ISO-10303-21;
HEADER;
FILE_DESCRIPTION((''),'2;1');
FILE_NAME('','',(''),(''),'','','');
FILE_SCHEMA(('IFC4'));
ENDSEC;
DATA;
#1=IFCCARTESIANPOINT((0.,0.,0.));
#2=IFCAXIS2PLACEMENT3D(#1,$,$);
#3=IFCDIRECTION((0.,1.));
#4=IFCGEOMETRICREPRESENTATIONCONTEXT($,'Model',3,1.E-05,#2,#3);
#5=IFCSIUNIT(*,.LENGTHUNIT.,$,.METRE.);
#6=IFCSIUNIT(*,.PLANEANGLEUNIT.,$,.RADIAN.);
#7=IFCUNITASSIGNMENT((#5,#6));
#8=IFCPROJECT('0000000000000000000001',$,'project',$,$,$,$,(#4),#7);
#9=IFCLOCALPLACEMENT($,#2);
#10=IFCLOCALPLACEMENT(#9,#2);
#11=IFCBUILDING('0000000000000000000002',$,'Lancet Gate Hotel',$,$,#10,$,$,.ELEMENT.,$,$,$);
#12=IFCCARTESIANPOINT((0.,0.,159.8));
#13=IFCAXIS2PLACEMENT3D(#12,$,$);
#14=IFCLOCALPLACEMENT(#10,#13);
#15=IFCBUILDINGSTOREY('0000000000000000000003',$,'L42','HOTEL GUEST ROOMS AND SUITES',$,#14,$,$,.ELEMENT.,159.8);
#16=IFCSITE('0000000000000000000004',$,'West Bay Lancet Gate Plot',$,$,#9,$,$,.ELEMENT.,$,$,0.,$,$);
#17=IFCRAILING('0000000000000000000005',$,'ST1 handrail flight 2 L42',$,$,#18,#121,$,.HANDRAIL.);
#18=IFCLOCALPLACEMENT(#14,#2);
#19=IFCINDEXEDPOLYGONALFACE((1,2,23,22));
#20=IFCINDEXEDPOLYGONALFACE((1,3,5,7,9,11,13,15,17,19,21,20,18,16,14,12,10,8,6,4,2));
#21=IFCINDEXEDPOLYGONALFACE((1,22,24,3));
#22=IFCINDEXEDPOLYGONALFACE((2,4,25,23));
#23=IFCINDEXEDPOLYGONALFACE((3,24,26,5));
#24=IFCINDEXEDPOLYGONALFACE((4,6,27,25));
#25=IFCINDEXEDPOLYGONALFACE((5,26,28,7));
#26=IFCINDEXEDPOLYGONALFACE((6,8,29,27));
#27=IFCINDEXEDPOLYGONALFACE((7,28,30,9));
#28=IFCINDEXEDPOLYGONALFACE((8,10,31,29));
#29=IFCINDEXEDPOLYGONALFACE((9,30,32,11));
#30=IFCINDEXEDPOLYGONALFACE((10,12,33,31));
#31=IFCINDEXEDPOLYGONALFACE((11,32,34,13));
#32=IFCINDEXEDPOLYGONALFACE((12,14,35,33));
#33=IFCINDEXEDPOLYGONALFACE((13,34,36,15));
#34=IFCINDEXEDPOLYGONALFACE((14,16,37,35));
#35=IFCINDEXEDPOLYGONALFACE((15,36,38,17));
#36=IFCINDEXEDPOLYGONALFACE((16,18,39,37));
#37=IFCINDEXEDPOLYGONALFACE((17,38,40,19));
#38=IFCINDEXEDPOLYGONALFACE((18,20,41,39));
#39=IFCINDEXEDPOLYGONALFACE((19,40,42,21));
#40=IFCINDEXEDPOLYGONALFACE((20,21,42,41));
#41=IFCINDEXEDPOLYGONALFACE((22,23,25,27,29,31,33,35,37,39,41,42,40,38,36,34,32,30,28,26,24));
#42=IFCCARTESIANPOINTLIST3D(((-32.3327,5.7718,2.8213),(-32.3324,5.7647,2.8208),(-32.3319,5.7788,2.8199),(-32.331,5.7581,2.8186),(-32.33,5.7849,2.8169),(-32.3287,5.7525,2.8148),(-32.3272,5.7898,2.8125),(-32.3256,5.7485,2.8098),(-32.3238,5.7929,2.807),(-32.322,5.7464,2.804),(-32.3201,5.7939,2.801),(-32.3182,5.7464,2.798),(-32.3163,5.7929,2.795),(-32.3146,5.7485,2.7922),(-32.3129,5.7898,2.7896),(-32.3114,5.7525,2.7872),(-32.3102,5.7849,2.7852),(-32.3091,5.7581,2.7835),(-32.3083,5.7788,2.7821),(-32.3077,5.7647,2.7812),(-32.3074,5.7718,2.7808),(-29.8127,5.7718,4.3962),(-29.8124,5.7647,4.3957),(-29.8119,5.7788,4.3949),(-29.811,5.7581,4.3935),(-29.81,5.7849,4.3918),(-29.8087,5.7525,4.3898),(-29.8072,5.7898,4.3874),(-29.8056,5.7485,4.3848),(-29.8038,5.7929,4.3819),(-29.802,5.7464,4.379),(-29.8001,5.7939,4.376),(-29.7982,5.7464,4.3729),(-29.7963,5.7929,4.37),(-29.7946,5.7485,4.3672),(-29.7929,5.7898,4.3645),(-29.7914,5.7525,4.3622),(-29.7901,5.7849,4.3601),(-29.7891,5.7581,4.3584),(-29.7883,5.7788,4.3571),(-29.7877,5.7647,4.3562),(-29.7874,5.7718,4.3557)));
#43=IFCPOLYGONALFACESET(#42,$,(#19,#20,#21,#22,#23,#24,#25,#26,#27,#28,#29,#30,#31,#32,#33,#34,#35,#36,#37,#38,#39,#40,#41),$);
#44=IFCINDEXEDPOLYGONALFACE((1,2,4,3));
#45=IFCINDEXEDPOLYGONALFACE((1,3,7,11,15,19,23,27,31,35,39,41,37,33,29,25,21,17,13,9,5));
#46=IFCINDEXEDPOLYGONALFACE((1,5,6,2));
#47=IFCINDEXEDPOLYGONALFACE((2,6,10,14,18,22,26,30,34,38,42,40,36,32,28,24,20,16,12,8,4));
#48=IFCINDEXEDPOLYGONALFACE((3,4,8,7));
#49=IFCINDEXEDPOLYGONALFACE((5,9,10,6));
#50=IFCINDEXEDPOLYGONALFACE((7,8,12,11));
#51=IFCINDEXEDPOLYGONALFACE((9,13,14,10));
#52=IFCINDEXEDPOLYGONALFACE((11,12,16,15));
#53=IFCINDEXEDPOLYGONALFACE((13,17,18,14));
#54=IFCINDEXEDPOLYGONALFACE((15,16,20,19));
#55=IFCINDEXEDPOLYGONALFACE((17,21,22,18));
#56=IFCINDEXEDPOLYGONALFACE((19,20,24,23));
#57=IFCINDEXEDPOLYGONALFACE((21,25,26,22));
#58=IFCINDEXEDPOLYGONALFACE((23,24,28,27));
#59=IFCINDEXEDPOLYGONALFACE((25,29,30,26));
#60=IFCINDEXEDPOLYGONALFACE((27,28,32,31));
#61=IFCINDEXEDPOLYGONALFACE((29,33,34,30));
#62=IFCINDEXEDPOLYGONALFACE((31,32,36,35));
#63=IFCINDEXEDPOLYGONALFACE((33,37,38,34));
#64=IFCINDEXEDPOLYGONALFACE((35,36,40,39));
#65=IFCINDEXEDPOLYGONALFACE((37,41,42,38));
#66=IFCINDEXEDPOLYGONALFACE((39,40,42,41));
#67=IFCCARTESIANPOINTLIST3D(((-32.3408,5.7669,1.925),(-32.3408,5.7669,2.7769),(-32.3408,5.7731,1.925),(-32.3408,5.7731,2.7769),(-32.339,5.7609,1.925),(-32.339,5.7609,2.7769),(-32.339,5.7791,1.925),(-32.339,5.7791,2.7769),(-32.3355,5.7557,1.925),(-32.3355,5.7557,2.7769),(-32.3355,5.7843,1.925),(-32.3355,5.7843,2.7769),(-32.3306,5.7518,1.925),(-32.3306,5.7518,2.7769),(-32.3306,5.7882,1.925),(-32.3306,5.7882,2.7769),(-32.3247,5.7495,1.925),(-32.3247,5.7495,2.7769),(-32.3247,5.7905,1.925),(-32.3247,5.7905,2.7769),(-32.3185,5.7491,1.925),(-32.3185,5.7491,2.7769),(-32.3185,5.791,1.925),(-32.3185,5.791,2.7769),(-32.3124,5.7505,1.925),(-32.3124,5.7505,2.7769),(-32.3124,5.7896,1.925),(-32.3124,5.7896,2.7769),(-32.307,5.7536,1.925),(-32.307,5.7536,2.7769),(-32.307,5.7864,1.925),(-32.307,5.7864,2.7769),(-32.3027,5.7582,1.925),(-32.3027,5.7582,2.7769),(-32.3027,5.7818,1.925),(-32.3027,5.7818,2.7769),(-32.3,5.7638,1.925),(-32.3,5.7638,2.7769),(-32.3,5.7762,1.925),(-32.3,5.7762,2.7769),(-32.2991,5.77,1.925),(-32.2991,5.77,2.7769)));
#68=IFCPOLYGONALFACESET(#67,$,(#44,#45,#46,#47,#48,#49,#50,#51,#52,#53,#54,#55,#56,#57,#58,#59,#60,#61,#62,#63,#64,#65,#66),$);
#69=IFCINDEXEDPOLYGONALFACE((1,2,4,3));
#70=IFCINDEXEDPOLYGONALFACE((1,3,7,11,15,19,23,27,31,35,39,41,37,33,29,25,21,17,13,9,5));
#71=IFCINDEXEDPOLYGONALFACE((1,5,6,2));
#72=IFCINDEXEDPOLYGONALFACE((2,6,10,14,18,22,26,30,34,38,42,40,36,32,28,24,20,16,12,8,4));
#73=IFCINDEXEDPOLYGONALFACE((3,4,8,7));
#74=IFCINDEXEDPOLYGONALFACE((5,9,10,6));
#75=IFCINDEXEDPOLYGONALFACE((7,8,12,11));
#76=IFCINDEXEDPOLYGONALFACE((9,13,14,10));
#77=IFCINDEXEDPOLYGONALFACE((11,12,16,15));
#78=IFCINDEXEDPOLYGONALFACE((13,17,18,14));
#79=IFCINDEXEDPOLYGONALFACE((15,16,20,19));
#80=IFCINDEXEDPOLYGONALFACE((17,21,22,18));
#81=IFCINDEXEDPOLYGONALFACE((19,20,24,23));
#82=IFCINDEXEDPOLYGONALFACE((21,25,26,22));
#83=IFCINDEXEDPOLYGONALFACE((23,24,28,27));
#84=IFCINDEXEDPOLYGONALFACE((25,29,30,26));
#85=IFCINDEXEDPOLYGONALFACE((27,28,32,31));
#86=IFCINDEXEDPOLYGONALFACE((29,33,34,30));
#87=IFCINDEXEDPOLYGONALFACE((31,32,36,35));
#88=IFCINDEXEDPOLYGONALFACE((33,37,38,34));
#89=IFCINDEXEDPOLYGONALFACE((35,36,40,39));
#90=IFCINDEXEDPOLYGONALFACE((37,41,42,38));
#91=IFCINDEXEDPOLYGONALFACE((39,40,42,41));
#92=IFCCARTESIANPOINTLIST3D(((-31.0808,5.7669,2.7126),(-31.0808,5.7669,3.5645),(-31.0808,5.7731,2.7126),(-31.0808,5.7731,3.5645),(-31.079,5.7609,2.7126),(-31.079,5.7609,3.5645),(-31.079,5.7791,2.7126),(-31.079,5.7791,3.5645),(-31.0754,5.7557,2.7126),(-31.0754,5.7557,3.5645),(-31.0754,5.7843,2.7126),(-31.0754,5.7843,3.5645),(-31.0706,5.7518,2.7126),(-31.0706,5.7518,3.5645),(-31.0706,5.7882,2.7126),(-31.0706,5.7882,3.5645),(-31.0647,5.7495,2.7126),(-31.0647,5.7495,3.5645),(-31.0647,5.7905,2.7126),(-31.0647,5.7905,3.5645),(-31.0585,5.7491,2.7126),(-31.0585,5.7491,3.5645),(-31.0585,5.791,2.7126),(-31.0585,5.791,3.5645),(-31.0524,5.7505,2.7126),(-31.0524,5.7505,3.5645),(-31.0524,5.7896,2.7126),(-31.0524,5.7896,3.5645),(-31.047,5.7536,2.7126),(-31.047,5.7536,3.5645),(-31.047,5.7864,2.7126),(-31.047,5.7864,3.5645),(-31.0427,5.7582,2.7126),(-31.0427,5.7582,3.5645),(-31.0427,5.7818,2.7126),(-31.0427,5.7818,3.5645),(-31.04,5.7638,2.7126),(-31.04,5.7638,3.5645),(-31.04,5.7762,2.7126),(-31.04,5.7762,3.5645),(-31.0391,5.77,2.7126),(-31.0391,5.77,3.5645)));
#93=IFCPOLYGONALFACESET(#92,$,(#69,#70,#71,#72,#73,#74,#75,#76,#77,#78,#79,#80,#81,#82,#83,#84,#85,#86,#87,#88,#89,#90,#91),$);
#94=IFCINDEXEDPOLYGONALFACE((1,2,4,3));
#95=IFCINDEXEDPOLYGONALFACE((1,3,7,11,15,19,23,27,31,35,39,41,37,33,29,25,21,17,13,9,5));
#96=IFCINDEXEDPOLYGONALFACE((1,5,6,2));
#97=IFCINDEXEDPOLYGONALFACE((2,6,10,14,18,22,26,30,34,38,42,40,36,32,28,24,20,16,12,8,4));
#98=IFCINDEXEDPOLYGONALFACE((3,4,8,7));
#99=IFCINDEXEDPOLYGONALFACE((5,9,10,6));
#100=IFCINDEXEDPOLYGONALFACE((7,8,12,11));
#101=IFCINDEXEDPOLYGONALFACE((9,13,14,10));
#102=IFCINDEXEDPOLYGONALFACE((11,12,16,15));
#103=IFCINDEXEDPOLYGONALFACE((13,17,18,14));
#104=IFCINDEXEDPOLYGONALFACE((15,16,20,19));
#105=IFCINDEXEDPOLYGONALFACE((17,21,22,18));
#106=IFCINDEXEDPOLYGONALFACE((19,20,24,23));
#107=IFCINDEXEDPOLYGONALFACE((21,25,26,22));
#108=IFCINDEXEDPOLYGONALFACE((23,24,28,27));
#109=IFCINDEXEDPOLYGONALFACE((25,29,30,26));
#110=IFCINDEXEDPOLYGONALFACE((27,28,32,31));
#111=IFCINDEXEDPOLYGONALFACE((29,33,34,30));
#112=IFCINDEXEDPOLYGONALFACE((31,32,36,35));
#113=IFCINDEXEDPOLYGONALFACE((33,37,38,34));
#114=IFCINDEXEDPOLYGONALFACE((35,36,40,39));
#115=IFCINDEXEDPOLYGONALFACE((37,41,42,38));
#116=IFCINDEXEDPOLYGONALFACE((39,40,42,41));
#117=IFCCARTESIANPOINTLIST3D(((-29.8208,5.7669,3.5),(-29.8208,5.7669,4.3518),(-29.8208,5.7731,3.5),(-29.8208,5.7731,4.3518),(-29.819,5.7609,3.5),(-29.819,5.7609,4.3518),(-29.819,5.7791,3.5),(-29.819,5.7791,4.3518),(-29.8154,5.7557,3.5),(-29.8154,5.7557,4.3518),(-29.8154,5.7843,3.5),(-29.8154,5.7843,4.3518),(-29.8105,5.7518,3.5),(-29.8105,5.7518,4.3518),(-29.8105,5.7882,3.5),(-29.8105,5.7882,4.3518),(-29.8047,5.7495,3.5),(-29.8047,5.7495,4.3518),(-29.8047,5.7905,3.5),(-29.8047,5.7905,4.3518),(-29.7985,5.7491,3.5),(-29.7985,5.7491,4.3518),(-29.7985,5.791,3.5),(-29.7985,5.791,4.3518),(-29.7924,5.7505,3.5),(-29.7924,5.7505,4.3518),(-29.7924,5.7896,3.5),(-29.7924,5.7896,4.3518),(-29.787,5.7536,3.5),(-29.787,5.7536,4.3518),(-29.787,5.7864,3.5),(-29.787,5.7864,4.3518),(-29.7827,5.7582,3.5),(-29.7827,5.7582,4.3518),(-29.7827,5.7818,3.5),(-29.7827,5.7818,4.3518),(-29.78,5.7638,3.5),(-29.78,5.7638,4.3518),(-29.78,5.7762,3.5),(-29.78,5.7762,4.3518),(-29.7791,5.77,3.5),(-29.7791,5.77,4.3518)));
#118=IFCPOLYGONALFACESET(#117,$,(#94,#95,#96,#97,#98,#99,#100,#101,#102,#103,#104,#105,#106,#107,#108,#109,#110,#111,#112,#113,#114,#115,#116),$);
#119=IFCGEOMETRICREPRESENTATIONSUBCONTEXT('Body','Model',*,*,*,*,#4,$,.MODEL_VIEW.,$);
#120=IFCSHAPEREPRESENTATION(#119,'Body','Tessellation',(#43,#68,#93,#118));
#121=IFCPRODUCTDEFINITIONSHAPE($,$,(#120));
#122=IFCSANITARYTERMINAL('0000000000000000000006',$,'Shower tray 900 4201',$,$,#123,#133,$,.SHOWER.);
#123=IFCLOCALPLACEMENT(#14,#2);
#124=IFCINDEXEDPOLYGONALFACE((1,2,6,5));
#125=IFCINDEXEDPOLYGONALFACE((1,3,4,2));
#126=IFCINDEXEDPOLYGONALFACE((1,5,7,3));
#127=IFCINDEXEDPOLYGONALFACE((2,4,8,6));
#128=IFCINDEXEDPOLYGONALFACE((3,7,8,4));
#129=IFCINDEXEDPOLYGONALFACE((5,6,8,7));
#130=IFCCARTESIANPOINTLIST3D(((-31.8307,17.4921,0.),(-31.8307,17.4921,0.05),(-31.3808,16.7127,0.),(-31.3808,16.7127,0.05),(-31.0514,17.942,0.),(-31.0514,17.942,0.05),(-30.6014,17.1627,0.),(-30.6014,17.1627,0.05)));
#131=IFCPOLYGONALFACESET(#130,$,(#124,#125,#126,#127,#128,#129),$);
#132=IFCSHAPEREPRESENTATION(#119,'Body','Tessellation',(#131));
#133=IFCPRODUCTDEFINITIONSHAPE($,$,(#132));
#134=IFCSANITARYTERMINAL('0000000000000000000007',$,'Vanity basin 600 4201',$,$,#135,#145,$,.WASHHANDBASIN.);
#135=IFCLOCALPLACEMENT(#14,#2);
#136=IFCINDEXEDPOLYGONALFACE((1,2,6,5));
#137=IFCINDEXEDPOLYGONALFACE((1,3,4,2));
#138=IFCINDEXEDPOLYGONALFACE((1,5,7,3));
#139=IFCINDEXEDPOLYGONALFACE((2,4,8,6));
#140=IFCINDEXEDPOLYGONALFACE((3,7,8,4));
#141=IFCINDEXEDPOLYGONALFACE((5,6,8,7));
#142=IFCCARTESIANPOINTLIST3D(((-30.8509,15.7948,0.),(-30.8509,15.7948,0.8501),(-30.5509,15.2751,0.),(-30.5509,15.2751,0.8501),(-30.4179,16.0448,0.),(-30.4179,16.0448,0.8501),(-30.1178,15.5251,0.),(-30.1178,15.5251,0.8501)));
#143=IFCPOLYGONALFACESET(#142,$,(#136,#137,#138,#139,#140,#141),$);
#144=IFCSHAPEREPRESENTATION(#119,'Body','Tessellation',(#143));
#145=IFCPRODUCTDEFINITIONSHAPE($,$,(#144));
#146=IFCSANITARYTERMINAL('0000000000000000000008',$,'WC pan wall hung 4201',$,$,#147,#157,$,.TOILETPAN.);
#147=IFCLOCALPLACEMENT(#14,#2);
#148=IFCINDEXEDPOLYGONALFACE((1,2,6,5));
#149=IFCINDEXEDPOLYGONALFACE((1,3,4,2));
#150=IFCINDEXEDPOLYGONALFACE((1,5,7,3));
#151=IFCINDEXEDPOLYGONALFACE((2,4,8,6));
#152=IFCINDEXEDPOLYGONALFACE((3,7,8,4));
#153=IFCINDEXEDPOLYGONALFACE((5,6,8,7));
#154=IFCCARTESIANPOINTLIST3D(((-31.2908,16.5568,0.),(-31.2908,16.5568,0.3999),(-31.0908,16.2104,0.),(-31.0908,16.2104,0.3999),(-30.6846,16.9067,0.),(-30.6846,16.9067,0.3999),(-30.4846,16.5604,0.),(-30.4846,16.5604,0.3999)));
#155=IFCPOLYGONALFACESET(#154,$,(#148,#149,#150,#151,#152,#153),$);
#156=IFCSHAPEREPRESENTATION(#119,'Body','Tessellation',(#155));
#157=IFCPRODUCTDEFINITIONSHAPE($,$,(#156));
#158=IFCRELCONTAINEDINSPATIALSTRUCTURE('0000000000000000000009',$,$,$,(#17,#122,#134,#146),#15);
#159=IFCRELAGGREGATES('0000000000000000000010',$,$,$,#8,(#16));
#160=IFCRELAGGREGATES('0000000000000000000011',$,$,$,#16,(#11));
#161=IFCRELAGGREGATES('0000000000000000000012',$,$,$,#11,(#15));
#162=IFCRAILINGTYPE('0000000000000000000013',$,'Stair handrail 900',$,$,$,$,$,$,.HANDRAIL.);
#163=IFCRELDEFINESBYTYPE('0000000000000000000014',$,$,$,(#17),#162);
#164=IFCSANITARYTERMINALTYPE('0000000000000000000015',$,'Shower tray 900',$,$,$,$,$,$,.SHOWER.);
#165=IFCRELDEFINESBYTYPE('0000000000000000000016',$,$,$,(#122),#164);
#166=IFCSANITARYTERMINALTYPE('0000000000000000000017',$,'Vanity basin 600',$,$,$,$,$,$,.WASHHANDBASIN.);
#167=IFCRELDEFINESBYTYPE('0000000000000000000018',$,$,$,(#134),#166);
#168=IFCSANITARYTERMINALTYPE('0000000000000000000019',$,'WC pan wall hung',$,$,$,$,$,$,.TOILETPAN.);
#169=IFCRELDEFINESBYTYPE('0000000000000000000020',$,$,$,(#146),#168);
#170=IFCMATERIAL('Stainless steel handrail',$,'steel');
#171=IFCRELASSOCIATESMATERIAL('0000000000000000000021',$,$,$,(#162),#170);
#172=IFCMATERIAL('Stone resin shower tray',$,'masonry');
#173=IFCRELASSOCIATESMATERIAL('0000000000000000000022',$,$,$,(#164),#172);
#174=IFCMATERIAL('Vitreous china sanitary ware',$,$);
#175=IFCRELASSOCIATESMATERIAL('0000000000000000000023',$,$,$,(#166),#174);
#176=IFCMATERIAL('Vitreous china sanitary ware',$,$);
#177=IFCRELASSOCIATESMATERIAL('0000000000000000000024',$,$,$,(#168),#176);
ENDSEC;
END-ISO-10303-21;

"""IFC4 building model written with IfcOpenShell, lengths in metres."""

from ifc_helpers import new_model, si_unit, direction, frame, origin, origin_2d, place, context, subcontext, project, spatial, rectangle, circle, extrude, material, type_object, element, save


model = new_model("IFC4")

# Units and contexts
model_context = context("Model", 3, precision=1e-05, world=origin(), true_north=direction((0.0, 1.0)))
body_context = subcontext(model_context, "Body", "Model", "MODEL_VIEW")
ifc_project = project(units=[si_unit("LENGTHUNIT", "METRE"), si_unit("PLANEANGLEUNIT", "RADIAN")], contexts=[model_context])

# Site, building, storey
site_placement = place(None, origin())
site = spatial("IfcSite", under=ifc_project, at=site_placement, Name="West Bay Lancet Gate Plot", CompositionType="ELEMENT", RefElevation=0.0)
building_placement = place(site_placement, origin())
building = spatial("IfcBuilding", under=site, at=building_placement, Name="Lancet Gate Hotel", CompositionType="ELEMENT")
storey_placement = place(building_placement, frame((0.0, 0.0, 159.8)))
storey = spatial("IfcBuildingStorey", under=building, at=storey_placement, Name="L42", Description="HOTEL GUEST ROOMS AND SUITES", CompositionType="ELEMENT", Elevation=159.8)

# Railing
ifc_material_1 = material(Name="Stainless steel handrail", Category="steel")
railing_type = type_object("IfcRailingType", Name="Stair handrail 900", PredefinedType="HANDRAIL", material=ifc_material_1)
railing_1_placement = place(storey_placement, frame((-32.3201, 5.77, 1.925)))
element("IfcRailing", 1, at=railing_1_placement, inside=storey, type_object=railing_type, Name="ST1 handrail flight 2 L42", PredefinedType="HANDRAIL", context=body_context, shape_type="SweptSolid", body=[
    extrude(circle(Radius=0.0239, at=origin_2d()), frame((0.0, 0.0, 0.876), z_axis=(0.848008, 0.0, 0.529984), x_axis=(0.0, 1.0, 0.0)), (0.0, 0.0, 1.0), 2.9717),
    extrude(circle(Radius=0.021, at=origin_2d()), origin(), (0.0, 0.0, 1.0), 0.8518),
    extrude(circle(Radius=0.021, at=origin_2d()), frame((1.26, 0.0, 0.7876)), (0.0, 0.0, 1.0), 0.8518),
    extrude(circle(Radius=0.021, at=origin_2d()), frame((2.52, 0.0, 1.575)), (0.0, 0.0, 1.0), 0.8518),
])

# Sanitary terminals
ifc_material_2 = material(Name="Stone resin shower tray", Category="masonry")
sanitary_terminal_type_1 = type_object("IfcSanitaryTerminalType", Name="Shower tray 900", PredefinedType="SHOWER", material=ifc_material_2)
sanitary_terminal_1_placement = place(storey_placement, frame((-31.2161, 17.3274, 0.0), z_axis=(0.0, 0.0, 1.0), x_axis=(-0.5, 0.866025, 0.0)))
element("IfcSanitaryTerminal", 2, at=sanitary_terminal_1_placement, inside=storey, type_object=sanitary_terminal_type_1, Name="Shower tray 900 4201", PredefinedType="SHOWER", context=body_context, shape_type="SweptSolid", body=[
    extrude(rectangle(XDim=0.8999, YDim=0.8999, at=origin_2d()), origin(), (0.0, 0.0, 1.0), 0.05),
])
ifc_material_3 = material(Name="Vitreous china sanitary ware")
sanitary_terminal_type_2 = type_object("IfcSanitaryTerminalType", Name="Vanity basin 600", PredefinedType="WASHHANDBASIN", material=ifc_material_3)
sanitary_terminal_2_placement = place(storey_placement, frame((-30.4844, 15.6599, 0.0), z_axis=(0.0, 0.0, 1.0), x_axis=(-0.5, 0.866025, 0.0)))
element("IfcSanitaryTerminal", 3, at=sanitary_terminal_2_placement, inside=storey, type_object=sanitary_terminal_type_2, Name="Vanity basin 600 4201", PredefinedType="WASHHANDBASIN", context=body_context, shape_type="SweptSolid", body=[
    extrude(rectangle(XDim=0.6001, YDim=0.5, at=origin_2d()), origin(), (0.0, 0.0, 1.0), 0.8501),
])
ifc_material_4 = material(Name="Vitreous china sanitary ware")
sanitary_terminal_type_3 = type_object("IfcSanitaryTerminalType", Name="WC pan wall hung", PredefinedType="TOILETPAN", material=ifc_material_4)
sanitary_terminal_3_placement = place(storey_placement, frame((-30.8877, 16.5586, 0.0), z_axis=(0.0, 0.0, 1.0), x_axis=(-0.5, 0.866025, 0.0)))
element("IfcSanitaryTerminal", 4, at=sanitary_terminal_3_placement, inside=storey, type_object=sanitary_terminal_type_3, Name="WC pan wall hung 4201", PredefinedType="TOILETPAN", context=body_context, shape_type="SweptSolid", body=[
    extrude(rectangle(XDim=0.3999, YDim=0.7, at=origin_2d()), origin(), (0.0, 0.0, 1.0), 0.3999),
])

save(model, "model.ifc")
